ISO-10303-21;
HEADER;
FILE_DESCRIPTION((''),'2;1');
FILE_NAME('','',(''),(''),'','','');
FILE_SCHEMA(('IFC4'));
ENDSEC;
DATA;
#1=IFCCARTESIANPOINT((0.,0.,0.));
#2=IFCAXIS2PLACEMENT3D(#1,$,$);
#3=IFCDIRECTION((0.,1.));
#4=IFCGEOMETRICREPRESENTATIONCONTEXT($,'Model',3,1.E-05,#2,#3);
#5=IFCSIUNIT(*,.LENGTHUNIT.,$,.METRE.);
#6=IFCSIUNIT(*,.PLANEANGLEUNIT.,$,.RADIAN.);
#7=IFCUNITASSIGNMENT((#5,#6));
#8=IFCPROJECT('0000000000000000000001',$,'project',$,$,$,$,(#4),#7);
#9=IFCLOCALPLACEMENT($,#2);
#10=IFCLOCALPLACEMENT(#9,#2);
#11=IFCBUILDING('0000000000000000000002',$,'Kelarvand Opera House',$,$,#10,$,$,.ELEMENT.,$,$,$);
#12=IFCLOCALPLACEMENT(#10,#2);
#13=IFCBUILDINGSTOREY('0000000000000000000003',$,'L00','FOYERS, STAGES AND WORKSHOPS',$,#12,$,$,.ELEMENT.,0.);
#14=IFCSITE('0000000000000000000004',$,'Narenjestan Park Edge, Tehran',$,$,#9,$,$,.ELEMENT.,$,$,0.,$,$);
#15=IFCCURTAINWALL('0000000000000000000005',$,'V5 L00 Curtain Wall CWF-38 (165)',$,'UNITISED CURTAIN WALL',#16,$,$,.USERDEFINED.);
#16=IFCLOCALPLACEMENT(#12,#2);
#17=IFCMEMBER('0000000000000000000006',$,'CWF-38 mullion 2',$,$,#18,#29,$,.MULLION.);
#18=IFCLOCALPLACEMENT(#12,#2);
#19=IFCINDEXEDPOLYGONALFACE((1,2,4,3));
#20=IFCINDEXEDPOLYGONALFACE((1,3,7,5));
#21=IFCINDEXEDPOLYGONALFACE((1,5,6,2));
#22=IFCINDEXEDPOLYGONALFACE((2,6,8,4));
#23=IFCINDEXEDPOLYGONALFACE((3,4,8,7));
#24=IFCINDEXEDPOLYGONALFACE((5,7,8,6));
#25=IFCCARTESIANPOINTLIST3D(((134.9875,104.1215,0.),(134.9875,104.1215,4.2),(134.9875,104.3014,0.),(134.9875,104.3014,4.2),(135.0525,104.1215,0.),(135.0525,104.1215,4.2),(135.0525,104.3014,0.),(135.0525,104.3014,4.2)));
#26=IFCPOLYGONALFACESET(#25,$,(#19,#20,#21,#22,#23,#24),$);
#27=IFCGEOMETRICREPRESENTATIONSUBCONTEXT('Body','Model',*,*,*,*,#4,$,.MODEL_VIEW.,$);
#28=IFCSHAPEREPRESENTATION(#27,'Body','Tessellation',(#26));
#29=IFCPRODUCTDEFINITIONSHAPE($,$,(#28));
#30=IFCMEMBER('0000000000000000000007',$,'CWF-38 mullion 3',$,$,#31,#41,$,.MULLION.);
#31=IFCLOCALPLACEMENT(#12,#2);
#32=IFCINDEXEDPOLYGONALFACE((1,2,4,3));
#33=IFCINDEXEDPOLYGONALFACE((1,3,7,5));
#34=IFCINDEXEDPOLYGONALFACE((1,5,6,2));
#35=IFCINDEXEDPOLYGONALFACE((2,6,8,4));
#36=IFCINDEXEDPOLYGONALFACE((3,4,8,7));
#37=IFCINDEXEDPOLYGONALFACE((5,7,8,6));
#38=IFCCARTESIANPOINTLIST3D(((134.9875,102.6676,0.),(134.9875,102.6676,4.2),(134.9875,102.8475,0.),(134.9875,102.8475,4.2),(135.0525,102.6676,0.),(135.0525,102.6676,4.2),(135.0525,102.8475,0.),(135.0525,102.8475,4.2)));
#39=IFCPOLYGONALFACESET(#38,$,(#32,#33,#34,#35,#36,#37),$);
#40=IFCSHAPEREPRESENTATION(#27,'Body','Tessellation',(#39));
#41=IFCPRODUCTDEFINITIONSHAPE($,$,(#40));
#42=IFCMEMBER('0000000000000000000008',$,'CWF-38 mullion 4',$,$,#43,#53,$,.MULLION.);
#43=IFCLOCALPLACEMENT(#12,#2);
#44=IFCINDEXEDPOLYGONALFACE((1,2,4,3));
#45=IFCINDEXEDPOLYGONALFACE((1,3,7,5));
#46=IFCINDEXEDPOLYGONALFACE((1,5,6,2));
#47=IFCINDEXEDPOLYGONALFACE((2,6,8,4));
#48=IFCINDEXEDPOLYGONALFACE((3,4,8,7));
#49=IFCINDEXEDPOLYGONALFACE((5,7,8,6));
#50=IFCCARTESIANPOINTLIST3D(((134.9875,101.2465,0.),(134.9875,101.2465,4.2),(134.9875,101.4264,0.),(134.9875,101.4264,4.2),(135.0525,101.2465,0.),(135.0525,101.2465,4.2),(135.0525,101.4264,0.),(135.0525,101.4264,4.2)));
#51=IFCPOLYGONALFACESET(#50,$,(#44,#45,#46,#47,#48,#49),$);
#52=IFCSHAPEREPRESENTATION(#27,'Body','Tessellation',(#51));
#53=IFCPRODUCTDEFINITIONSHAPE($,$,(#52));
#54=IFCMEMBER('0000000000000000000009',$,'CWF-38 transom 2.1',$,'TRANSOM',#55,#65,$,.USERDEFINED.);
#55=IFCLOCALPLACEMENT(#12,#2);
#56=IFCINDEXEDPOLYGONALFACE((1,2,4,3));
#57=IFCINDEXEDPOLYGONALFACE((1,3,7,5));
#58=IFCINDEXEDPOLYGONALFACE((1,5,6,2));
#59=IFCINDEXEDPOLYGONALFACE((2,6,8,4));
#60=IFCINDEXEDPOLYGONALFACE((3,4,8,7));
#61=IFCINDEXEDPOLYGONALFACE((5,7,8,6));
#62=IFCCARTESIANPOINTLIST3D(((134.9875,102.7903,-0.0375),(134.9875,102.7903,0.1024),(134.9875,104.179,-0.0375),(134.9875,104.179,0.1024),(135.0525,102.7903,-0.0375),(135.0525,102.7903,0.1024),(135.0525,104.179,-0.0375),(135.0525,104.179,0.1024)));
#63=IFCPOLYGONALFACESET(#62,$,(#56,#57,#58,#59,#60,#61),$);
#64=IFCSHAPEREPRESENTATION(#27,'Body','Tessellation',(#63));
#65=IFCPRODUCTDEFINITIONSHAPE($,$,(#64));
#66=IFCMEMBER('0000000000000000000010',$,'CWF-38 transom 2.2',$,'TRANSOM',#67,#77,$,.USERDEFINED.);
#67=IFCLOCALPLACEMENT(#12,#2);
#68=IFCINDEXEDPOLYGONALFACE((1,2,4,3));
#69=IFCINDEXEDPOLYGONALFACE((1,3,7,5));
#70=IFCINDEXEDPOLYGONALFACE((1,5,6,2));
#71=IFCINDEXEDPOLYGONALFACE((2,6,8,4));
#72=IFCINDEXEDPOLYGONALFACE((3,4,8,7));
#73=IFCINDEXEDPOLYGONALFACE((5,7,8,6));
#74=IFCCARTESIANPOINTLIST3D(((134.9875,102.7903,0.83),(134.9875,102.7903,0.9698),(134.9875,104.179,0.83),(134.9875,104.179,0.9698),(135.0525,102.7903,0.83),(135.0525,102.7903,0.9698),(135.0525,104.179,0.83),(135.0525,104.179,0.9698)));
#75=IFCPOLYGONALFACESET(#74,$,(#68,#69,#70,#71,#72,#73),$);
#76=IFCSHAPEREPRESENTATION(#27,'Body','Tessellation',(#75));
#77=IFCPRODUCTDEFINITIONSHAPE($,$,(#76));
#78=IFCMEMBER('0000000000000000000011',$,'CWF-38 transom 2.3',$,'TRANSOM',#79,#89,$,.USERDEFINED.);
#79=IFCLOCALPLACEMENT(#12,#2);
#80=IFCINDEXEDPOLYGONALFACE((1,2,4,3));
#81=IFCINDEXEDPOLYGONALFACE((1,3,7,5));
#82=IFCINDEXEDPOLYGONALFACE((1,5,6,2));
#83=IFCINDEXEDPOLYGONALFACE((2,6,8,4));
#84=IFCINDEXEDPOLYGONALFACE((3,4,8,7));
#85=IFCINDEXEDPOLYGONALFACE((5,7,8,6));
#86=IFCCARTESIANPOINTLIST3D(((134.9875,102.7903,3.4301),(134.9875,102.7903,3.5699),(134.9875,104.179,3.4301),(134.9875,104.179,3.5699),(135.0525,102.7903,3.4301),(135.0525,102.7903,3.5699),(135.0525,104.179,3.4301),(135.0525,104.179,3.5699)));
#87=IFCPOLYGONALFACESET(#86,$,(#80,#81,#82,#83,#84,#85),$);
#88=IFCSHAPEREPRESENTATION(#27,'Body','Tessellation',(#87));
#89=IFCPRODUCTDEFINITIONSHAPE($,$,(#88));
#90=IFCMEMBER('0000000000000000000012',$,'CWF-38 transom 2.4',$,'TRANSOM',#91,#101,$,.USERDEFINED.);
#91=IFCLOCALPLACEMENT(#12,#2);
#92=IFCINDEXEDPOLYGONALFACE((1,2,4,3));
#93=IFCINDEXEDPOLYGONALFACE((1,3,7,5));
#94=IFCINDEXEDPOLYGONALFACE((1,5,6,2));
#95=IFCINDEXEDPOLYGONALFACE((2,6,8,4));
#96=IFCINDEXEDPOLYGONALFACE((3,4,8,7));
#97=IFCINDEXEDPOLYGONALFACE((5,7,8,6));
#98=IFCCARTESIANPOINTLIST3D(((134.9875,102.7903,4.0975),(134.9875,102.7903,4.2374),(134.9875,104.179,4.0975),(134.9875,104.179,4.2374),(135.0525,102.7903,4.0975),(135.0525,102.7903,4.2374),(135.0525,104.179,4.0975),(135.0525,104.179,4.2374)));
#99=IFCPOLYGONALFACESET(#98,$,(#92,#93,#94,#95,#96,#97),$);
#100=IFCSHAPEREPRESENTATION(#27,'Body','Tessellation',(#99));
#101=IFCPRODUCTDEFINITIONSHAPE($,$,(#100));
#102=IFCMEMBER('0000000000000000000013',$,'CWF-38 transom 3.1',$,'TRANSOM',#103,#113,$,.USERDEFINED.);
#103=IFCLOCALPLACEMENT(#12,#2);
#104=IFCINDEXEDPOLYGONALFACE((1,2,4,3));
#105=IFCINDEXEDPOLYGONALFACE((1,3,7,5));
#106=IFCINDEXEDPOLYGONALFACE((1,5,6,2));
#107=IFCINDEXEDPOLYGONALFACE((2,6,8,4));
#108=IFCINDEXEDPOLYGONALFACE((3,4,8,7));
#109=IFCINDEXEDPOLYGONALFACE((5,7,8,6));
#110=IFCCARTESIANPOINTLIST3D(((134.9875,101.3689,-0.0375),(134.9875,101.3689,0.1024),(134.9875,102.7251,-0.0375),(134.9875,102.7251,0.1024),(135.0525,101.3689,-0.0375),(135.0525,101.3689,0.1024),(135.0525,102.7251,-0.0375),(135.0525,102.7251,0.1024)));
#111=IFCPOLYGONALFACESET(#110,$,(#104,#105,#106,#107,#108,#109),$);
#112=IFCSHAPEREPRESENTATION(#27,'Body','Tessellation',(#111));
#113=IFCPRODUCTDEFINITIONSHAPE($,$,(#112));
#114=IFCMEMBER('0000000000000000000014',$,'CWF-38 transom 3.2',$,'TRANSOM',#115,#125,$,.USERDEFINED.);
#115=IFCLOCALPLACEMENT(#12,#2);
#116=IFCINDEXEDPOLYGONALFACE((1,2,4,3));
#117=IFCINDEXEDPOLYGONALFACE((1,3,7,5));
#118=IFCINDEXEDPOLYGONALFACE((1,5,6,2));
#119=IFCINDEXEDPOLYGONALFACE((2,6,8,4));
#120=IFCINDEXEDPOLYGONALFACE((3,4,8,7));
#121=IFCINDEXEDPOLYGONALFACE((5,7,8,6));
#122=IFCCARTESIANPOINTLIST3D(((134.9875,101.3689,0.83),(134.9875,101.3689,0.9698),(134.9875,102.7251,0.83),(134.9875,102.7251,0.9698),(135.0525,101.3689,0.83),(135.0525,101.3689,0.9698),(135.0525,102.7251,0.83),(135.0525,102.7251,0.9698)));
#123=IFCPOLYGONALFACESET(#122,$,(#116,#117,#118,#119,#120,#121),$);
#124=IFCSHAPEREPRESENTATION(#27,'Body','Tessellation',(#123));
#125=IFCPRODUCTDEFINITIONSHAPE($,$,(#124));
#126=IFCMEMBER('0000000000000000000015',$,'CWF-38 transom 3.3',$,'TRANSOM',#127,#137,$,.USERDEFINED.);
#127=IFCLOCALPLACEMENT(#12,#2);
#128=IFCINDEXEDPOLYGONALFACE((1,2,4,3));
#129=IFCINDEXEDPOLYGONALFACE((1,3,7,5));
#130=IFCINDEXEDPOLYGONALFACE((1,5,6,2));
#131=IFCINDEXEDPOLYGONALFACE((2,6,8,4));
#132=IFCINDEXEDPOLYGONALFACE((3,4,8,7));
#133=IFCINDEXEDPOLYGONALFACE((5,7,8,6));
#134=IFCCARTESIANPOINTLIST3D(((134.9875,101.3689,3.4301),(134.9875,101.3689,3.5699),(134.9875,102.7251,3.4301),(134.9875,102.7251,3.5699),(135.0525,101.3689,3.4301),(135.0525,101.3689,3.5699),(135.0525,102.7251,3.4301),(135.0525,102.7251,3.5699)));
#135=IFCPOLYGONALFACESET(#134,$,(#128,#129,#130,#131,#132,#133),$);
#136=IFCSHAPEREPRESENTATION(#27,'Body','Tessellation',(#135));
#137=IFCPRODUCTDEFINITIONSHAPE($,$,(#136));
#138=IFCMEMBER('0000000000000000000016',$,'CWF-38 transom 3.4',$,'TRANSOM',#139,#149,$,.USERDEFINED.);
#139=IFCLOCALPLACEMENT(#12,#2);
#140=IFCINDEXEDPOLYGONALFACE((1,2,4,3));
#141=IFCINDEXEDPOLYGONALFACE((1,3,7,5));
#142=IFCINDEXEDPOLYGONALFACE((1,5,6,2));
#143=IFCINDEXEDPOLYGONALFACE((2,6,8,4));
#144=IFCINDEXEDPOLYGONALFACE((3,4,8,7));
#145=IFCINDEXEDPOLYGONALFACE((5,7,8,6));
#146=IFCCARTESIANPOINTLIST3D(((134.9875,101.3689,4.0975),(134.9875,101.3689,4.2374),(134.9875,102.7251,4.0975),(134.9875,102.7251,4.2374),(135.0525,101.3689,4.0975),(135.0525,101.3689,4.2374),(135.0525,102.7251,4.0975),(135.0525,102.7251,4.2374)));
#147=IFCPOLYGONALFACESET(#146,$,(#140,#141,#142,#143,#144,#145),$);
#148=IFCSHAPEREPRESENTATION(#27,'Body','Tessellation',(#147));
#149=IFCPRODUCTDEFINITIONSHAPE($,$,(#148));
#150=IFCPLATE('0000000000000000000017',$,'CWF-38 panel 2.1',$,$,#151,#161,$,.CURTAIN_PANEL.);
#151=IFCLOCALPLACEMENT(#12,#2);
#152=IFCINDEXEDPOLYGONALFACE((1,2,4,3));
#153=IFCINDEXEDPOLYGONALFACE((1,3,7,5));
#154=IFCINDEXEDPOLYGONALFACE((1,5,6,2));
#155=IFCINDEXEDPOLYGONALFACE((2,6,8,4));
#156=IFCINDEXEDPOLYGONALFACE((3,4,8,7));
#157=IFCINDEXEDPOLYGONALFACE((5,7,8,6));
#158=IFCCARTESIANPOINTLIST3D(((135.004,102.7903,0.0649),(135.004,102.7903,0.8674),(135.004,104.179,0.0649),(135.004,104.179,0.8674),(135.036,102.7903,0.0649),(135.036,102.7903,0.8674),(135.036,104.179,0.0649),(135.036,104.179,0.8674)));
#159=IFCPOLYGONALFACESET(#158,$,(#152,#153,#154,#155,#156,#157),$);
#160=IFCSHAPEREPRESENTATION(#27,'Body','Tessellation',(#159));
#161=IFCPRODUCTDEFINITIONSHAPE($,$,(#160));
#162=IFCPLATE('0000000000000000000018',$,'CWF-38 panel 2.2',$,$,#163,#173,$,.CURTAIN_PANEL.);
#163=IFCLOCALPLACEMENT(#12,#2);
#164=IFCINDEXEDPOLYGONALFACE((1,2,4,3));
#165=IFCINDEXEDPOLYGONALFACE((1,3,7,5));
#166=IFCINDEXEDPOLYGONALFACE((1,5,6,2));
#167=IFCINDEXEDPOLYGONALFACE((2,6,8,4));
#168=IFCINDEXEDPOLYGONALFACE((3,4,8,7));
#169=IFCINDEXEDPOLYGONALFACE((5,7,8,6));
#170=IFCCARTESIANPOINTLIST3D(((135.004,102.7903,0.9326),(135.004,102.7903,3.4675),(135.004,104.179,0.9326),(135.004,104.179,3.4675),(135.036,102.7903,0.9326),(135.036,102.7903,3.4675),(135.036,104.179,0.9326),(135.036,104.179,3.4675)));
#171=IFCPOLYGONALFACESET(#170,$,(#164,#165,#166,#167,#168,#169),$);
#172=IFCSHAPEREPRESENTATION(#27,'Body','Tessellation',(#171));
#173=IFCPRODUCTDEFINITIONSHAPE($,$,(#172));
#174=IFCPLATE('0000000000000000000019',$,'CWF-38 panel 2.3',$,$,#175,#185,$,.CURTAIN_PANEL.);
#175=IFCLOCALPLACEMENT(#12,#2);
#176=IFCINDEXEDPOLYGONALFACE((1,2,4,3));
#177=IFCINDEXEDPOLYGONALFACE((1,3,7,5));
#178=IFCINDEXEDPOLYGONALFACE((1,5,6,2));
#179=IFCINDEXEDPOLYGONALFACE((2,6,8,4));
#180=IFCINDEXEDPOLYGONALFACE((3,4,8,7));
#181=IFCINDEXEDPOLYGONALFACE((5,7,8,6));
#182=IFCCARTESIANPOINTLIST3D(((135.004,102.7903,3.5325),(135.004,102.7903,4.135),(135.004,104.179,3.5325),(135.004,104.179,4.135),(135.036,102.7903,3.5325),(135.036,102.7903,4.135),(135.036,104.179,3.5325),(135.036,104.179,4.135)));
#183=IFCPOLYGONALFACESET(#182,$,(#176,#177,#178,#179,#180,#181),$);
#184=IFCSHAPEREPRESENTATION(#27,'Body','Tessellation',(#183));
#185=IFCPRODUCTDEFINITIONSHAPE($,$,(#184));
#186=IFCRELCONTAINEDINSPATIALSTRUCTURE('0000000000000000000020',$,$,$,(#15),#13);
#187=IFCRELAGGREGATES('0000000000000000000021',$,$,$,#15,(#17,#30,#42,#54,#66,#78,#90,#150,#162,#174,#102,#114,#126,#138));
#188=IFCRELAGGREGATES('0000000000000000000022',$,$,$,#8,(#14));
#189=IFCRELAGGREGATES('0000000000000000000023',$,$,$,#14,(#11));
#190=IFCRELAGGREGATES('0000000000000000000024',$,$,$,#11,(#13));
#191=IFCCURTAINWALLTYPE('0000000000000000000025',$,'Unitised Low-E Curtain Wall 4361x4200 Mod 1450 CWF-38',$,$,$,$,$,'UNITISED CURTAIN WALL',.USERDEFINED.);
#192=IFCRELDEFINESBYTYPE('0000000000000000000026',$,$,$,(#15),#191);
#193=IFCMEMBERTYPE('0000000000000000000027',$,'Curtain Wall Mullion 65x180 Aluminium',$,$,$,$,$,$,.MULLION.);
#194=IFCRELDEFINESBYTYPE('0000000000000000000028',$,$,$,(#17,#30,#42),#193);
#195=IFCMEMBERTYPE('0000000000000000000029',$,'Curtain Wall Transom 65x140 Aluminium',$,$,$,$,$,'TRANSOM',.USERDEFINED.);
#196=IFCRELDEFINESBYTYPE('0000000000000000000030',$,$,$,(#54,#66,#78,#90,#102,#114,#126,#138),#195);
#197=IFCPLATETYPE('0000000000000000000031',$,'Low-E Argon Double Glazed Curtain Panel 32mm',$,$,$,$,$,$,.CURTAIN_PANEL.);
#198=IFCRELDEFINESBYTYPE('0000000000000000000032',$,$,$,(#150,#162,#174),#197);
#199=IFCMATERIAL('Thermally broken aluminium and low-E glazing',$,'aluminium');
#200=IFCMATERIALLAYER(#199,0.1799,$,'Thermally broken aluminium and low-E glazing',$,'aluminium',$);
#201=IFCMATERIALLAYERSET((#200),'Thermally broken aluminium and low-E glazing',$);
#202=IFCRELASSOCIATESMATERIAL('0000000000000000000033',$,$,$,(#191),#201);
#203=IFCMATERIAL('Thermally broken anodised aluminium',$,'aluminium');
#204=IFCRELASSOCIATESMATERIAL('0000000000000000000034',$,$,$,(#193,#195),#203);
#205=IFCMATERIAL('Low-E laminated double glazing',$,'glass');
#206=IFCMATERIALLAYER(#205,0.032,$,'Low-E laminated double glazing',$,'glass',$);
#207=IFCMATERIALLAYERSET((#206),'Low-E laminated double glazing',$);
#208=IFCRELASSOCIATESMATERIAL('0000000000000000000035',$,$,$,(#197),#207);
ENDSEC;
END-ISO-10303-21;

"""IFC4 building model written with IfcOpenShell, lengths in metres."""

from ifc_helpers import new_model, si_unit, direction, frame, origin, origin_2d, place, context, subcontext, project, spatial, rectangle, extrude, material, layer, layer_set, material_profile, profile_set, type_object, element, aggregate, save


model = new_model("IFC4")

# Units and contexts
model_context = context("Model", 3, precision=1e-05, world=origin(), true_north=direction((0.0, 1.0)))
body_context = subcontext(model_context, "Body", "Model", "MODEL_VIEW")
ifc_project = project(units=[si_unit("LENGTHUNIT", "METRE"), si_unit("PLANEANGLEUNIT", "RADIAN")], contexts=[model_context])

# Site, building, storey
site_placement = place(None, origin())
site = spatial("IfcSite", under=ifc_project, at=site_placement, Name="Narenjestan Park Edge, Tehran", CompositionType="ELEMENT", RefElevation=0.0)
building_placement = place(site_placement, origin())
building = spatial("IfcBuilding", under=site, at=building_placement, Name="Kelarvand Opera House", CompositionType="ELEMENT")
storey_placement = place(building_placement, origin())
storey = spatial("IfcBuildingStorey", under=building, at=storey_placement, Name="L00", Description="FOYERS, STAGES AND WORKSHOPS", CompositionType="ELEMENT", Elevation=0.0)

# Curtain wall, members, plates
ifc_material_1 = material(Name="Thermally broken aluminium and low-E glazing", Category="aluminium")
ifc_layer_1 = layer(ifc_material_1, 0.1799, Name="Thermally broken aluminium and low-E glazing", Category="aluminium")
ifc_layer_set_1 = layer_set([ifc_layer_1], Name="Thermally broken aluminium and low-E glazing")
curtain_wall_type = type_object("IfcCurtainWallType", Name="Unitised Low-E Curtain Wall 4361x4200 Mod 1450 CWF-38", ElementType="UNITISED CURTAIN WALL", PredefinedType="USERDEFINED", material=ifc_layer_set_1)
curtain_wall_placement = place(storey_placement, origin())
curtain_wall = element("IfcCurtainWall", 1, at=curtain_wall_placement, inside=storey, type_object=curtain_wall_type, Name="V5 L00 Curtain Wall CWF-38 (165)", ObjectType="UNITISED CURTAIN WALL", PredefinedType="USERDEFINED")
ifc_material_2 = material(Name="Thermally broken anodised aluminium", Category="aluminium")
ifc_material_profile_1 = material_profile(ifc_material_2, rectangle(XDim=0.0649, YDim=0.1799, at=origin_2d()), Name="ALU MULLION 65x180", Category="aluminium")
ifc_profile_set_1 = profile_set([ifc_material_profile_1], Name="Thermally broken anodised aluminium")
member_type_1 = type_object("IfcMemberType", Name="Curtain Wall Mullion 65x180 Aluminium", PredefinedType="MULLION", material=ifc_profile_set_1)
member_1_placement = place(storey_placement, frame((135.02, 104.2114, 0.0), z_axis=(0.0, 0.0, 1.0), x_axis=(1.0, 0.0, 0.0)))
member_1 = element("IfcMember", 2, at=member_1_placement, type_object=member_type_1, Name="CWF-38 mullion 2", PredefinedType="MULLION", context=body_context, shape_type="SweptSolid", body=[
    extrude(rectangle(XDim=0.0649, YDim=0.1799, at=origin_2d()), origin(), (0.0, 0.0, 1.0), 4.2),
])
member_2_placement = place(storey_placement, frame((135.02, 102.7576, 0.0), z_axis=(0.0, 0.0, 1.0), x_axis=(1.0, 0.0, 0.0)))
member_2 = element("IfcMember", 3, at=member_2_placement, type_object=member_type_1, Name="CWF-38 mullion 3", PredefinedType="MULLION", context=body_context, shape_type="SweptSolid", body=[
    extrude(rectangle(XDim=0.0649, YDim=0.1799, at=origin_2d()), origin(), (0.0, 0.0, 1.0), 4.2),
])
member_3_placement = place(storey_placement, frame((135.02, 101.3364, 0.0), z_axis=(0.0, 0.0, 1.0), x_axis=(1.0, 0.0, 0.0)))
member_3 = element("IfcMember", 4, at=member_3_placement, type_object=member_type_1, Name="CWF-38 mullion 4", PredefinedType="MULLION", context=body_context, shape_type="SweptSolid", body=[
    extrude(rectangle(XDim=0.0649, YDim=0.1799, at=origin_2d()), origin(), (0.0, 0.0, 1.0), 4.2),
])
ifc_material_profile_2 = material_profile(ifc_material_2, rectangle(XDim=0.0649, YDim=0.1399, at=origin_2d()), Name="ALU TRANSOM 65x140", Category="aluminium")
ifc_profile_set_2 = profile_set([ifc_material_profile_2], Name="Thermally broken anodised aluminium")
member_type_2 = type_object("IfcMemberType", Name="Curtain Wall Transom 65x140 Aluminium", ElementType="TRANSOM", PredefinedType="USERDEFINED", material=ifc_profile_set_2)
member_4_placement = place(storey_placement, frame((135.02, 104.179, 0.0325), z_axis=(0.0, -1.0, 0.0), x_axis=(1.0, 0.0, 0.0)))
member_4 = element("IfcMember", 5, at=member_4_placement, type_object=member_type_2, Name="CWF-38 transom 2.1", ObjectType="TRANSOM", PredefinedType="USERDEFINED", context=body_context, shape_type="SweptSolid", body=[
    extrude(rectangle(XDim=0.0649, YDim=0.1399, at=origin_2d()), origin(), (0.0, 0.0, 1.0), 1.3887),
])
member_5_placement = place(storey_placement, frame((135.02, 104.179, 0.8999), z_axis=(0.0, -1.0, 0.0), x_axis=(1.0, 0.0, 0.0)))
member_5 = element("IfcMember", 6, at=member_5_placement, type_object=member_type_2, Name="CWF-38 transom 2.2", ObjectType="TRANSOM", PredefinedType="USERDEFINED", context=body_context, shape_type="SweptSolid", body=[
    extrude(rectangle(XDim=0.0649, YDim=0.1399, at=origin_2d()), origin(), (0.0, 0.0, 1.0), 1.3887),
])
member_6_placement = place(storey_placement, frame((135.02, 104.179, 3.5), z_axis=(0.0, -1.0, 0.0), x_axis=(1.0, 0.0, 0.0)))
member_6 = element("IfcMember", 7, at=member_6_placement, type_object=member_type_2, Name="CWF-38 transom 2.3", ObjectType="TRANSOM", PredefinedType="USERDEFINED", context=body_context, shape_type="SweptSolid", body=[
    extrude(rectangle(XDim=0.0649, YDim=0.1399, at=origin_2d()), origin(), (0.0, 0.0, 1.0), 1.3887),
])
member_7_placement = place(storey_placement, frame((135.02, 104.179, 4.1675), z_axis=(0.0, -1.0, 0.0), x_axis=(1.0, 0.0, 0.0)))
member_7 = element("IfcMember", 8, at=member_7_placement, type_object=member_type_2, Name="CWF-38 transom 2.4", ObjectType="TRANSOM", PredefinedType="USERDEFINED", context=body_context, shape_type="SweptSolid", body=[
    extrude(rectangle(XDim=0.0649, YDim=0.1399, at=origin_2d()), origin(), (0.0, 0.0, 1.0), 1.3887),
])
member_8_placement = place(storey_placement, frame((135.02, 102.7251, 0.0325), z_axis=(0.0, -1.0, 0.0), x_axis=(1.0, 0.0, 0.0)))
member_8 = element("IfcMember", 9, at=member_8_placement, type_object=member_type_2, Name="CWF-38 transom 3.1", ObjectType="TRANSOM", PredefinedType="USERDEFINED", context=body_context, shape_type="SweptSolid", body=[
    extrude(rectangle(XDim=0.0649, YDim=0.1399, at=origin_2d()), origin(), (0.0, 0.0, 1.0), 1.3562),
])
member_9_placement = place(storey_placement, frame((135.02, 102.7251, 0.8999), z_axis=(0.0, -1.0, 0.0), x_axis=(1.0, 0.0, 0.0)))
member_9 = element("IfcMember", 10, at=member_9_placement, type_object=member_type_2, Name="CWF-38 transom 3.2", ObjectType="TRANSOM", PredefinedType="USERDEFINED", context=body_context, shape_type="SweptSolid", body=[
    extrude(rectangle(XDim=0.0649, YDim=0.1399, at=origin_2d()), origin(), (0.0, 0.0, 1.0), 1.3562),
])
member_10_placement = place(storey_placement, frame((135.02, 102.7251, 3.5), z_axis=(0.0, -1.0, 0.0), x_axis=(1.0, 0.0, 0.0)))
member_10 = element("IfcMember", 11, at=member_10_placement, type_object=member_type_2, Name="CWF-38 transom 3.3", ObjectType="TRANSOM", PredefinedType="USERDEFINED", context=body_context, shape_type="SweptSolid", body=[
    extrude(rectangle(XDim=0.0649, YDim=0.1399, at=origin_2d()), origin(), (0.0, 0.0, 1.0), 1.3562),
])
member_11_placement = place(storey_placement, frame((135.02, 102.7251, 4.1675), z_axis=(0.0, -1.0, 0.0), x_axis=(1.0, 0.0, 0.0)))
member_11 = element("IfcMember", 12, at=member_11_placement, type_object=member_type_2, Name="CWF-38 transom 3.4", ObjectType="TRANSOM", PredefinedType="USERDEFINED", context=body_context, shape_type="SweptSolid", body=[
    extrude(rectangle(XDim=0.0649, YDim=0.1399, at=origin_2d()), origin(), (0.0, 0.0, 1.0), 1.3562),
])
ifc_material_3 = material(Name="Low-E laminated double glazing", Category="glass")
ifc_layer_2 = layer(ifc_material_3, 0.032, Name="Low-E laminated double glazing", Category="glass")
ifc_layer_set_2 = layer_set([ifc_layer_2], Name="Low-E laminated double glazing")
plate_type = type_object("IfcPlateType", Name="Low-E Argon Double Glazed Curtain Panel 32mm", PredefinedType="CURTAIN_PANEL", material=ifc_layer_set_2)
plate_1_placement = place(storey_placement, frame((135.02, 103.4846, 0.0649), z_axis=(0.0, 0.0, 1.0), x_axis=(0.0, -1.0, 0.0)))
plate_1 = element("IfcPlate", 13, at=plate_1_placement, type_object=plate_type, Name="CWF-38 panel 2.1", PredefinedType="CURTAIN_PANEL", context=body_context, shape_type="SweptSolid", body=[
    extrude(rectangle(XDim=1.3887, YDim=0.032, at=origin_2d()), origin(), (0.0, 0.0, 1.0), 0.8025),
])
plate_2_placement = place(storey_placement, frame((135.02, 103.4846, 0.9326), z_axis=(0.0, 0.0, 1.0), x_axis=(0.0, -1.0, 0.0)))
plate_2 = element("IfcPlate", 14, at=plate_2_placement, type_object=plate_type, Name="CWF-38 panel 2.2", PredefinedType="CURTAIN_PANEL", context=body_context, shape_type="SweptSolid", body=[
    extrude(rectangle(XDim=1.3887, YDim=0.032, at=origin_2d()), origin(), (0.0, 0.0, 1.0), 2.5349),
])
plate_3_placement = place(storey_placement, frame((135.02, 103.4846, 3.5325), z_axis=(0.0, 0.0, 1.0), x_axis=(0.0, -1.0, 0.0)))
plate_3 = element("IfcPlate", 15, at=plate_3_placement, type_object=plate_type, Name="CWF-38 panel 2.3", PredefinedType="CURTAIN_PANEL", context=body_context, shape_type="SweptSolid", body=[
    extrude(rectangle(XDim=1.3887, YDim=0.032, at=origin_2d()), origin(), (0.0, 0.0, 1.0), 0.6025),
])
aggregate(curtain_wall, [member_1, member_2, member_3, member_4, member_5, member_6, member_7, plate_1, plate_2, plate_3, member_8, member_9, member_10, member_11])

save(model, "model.ifc")
